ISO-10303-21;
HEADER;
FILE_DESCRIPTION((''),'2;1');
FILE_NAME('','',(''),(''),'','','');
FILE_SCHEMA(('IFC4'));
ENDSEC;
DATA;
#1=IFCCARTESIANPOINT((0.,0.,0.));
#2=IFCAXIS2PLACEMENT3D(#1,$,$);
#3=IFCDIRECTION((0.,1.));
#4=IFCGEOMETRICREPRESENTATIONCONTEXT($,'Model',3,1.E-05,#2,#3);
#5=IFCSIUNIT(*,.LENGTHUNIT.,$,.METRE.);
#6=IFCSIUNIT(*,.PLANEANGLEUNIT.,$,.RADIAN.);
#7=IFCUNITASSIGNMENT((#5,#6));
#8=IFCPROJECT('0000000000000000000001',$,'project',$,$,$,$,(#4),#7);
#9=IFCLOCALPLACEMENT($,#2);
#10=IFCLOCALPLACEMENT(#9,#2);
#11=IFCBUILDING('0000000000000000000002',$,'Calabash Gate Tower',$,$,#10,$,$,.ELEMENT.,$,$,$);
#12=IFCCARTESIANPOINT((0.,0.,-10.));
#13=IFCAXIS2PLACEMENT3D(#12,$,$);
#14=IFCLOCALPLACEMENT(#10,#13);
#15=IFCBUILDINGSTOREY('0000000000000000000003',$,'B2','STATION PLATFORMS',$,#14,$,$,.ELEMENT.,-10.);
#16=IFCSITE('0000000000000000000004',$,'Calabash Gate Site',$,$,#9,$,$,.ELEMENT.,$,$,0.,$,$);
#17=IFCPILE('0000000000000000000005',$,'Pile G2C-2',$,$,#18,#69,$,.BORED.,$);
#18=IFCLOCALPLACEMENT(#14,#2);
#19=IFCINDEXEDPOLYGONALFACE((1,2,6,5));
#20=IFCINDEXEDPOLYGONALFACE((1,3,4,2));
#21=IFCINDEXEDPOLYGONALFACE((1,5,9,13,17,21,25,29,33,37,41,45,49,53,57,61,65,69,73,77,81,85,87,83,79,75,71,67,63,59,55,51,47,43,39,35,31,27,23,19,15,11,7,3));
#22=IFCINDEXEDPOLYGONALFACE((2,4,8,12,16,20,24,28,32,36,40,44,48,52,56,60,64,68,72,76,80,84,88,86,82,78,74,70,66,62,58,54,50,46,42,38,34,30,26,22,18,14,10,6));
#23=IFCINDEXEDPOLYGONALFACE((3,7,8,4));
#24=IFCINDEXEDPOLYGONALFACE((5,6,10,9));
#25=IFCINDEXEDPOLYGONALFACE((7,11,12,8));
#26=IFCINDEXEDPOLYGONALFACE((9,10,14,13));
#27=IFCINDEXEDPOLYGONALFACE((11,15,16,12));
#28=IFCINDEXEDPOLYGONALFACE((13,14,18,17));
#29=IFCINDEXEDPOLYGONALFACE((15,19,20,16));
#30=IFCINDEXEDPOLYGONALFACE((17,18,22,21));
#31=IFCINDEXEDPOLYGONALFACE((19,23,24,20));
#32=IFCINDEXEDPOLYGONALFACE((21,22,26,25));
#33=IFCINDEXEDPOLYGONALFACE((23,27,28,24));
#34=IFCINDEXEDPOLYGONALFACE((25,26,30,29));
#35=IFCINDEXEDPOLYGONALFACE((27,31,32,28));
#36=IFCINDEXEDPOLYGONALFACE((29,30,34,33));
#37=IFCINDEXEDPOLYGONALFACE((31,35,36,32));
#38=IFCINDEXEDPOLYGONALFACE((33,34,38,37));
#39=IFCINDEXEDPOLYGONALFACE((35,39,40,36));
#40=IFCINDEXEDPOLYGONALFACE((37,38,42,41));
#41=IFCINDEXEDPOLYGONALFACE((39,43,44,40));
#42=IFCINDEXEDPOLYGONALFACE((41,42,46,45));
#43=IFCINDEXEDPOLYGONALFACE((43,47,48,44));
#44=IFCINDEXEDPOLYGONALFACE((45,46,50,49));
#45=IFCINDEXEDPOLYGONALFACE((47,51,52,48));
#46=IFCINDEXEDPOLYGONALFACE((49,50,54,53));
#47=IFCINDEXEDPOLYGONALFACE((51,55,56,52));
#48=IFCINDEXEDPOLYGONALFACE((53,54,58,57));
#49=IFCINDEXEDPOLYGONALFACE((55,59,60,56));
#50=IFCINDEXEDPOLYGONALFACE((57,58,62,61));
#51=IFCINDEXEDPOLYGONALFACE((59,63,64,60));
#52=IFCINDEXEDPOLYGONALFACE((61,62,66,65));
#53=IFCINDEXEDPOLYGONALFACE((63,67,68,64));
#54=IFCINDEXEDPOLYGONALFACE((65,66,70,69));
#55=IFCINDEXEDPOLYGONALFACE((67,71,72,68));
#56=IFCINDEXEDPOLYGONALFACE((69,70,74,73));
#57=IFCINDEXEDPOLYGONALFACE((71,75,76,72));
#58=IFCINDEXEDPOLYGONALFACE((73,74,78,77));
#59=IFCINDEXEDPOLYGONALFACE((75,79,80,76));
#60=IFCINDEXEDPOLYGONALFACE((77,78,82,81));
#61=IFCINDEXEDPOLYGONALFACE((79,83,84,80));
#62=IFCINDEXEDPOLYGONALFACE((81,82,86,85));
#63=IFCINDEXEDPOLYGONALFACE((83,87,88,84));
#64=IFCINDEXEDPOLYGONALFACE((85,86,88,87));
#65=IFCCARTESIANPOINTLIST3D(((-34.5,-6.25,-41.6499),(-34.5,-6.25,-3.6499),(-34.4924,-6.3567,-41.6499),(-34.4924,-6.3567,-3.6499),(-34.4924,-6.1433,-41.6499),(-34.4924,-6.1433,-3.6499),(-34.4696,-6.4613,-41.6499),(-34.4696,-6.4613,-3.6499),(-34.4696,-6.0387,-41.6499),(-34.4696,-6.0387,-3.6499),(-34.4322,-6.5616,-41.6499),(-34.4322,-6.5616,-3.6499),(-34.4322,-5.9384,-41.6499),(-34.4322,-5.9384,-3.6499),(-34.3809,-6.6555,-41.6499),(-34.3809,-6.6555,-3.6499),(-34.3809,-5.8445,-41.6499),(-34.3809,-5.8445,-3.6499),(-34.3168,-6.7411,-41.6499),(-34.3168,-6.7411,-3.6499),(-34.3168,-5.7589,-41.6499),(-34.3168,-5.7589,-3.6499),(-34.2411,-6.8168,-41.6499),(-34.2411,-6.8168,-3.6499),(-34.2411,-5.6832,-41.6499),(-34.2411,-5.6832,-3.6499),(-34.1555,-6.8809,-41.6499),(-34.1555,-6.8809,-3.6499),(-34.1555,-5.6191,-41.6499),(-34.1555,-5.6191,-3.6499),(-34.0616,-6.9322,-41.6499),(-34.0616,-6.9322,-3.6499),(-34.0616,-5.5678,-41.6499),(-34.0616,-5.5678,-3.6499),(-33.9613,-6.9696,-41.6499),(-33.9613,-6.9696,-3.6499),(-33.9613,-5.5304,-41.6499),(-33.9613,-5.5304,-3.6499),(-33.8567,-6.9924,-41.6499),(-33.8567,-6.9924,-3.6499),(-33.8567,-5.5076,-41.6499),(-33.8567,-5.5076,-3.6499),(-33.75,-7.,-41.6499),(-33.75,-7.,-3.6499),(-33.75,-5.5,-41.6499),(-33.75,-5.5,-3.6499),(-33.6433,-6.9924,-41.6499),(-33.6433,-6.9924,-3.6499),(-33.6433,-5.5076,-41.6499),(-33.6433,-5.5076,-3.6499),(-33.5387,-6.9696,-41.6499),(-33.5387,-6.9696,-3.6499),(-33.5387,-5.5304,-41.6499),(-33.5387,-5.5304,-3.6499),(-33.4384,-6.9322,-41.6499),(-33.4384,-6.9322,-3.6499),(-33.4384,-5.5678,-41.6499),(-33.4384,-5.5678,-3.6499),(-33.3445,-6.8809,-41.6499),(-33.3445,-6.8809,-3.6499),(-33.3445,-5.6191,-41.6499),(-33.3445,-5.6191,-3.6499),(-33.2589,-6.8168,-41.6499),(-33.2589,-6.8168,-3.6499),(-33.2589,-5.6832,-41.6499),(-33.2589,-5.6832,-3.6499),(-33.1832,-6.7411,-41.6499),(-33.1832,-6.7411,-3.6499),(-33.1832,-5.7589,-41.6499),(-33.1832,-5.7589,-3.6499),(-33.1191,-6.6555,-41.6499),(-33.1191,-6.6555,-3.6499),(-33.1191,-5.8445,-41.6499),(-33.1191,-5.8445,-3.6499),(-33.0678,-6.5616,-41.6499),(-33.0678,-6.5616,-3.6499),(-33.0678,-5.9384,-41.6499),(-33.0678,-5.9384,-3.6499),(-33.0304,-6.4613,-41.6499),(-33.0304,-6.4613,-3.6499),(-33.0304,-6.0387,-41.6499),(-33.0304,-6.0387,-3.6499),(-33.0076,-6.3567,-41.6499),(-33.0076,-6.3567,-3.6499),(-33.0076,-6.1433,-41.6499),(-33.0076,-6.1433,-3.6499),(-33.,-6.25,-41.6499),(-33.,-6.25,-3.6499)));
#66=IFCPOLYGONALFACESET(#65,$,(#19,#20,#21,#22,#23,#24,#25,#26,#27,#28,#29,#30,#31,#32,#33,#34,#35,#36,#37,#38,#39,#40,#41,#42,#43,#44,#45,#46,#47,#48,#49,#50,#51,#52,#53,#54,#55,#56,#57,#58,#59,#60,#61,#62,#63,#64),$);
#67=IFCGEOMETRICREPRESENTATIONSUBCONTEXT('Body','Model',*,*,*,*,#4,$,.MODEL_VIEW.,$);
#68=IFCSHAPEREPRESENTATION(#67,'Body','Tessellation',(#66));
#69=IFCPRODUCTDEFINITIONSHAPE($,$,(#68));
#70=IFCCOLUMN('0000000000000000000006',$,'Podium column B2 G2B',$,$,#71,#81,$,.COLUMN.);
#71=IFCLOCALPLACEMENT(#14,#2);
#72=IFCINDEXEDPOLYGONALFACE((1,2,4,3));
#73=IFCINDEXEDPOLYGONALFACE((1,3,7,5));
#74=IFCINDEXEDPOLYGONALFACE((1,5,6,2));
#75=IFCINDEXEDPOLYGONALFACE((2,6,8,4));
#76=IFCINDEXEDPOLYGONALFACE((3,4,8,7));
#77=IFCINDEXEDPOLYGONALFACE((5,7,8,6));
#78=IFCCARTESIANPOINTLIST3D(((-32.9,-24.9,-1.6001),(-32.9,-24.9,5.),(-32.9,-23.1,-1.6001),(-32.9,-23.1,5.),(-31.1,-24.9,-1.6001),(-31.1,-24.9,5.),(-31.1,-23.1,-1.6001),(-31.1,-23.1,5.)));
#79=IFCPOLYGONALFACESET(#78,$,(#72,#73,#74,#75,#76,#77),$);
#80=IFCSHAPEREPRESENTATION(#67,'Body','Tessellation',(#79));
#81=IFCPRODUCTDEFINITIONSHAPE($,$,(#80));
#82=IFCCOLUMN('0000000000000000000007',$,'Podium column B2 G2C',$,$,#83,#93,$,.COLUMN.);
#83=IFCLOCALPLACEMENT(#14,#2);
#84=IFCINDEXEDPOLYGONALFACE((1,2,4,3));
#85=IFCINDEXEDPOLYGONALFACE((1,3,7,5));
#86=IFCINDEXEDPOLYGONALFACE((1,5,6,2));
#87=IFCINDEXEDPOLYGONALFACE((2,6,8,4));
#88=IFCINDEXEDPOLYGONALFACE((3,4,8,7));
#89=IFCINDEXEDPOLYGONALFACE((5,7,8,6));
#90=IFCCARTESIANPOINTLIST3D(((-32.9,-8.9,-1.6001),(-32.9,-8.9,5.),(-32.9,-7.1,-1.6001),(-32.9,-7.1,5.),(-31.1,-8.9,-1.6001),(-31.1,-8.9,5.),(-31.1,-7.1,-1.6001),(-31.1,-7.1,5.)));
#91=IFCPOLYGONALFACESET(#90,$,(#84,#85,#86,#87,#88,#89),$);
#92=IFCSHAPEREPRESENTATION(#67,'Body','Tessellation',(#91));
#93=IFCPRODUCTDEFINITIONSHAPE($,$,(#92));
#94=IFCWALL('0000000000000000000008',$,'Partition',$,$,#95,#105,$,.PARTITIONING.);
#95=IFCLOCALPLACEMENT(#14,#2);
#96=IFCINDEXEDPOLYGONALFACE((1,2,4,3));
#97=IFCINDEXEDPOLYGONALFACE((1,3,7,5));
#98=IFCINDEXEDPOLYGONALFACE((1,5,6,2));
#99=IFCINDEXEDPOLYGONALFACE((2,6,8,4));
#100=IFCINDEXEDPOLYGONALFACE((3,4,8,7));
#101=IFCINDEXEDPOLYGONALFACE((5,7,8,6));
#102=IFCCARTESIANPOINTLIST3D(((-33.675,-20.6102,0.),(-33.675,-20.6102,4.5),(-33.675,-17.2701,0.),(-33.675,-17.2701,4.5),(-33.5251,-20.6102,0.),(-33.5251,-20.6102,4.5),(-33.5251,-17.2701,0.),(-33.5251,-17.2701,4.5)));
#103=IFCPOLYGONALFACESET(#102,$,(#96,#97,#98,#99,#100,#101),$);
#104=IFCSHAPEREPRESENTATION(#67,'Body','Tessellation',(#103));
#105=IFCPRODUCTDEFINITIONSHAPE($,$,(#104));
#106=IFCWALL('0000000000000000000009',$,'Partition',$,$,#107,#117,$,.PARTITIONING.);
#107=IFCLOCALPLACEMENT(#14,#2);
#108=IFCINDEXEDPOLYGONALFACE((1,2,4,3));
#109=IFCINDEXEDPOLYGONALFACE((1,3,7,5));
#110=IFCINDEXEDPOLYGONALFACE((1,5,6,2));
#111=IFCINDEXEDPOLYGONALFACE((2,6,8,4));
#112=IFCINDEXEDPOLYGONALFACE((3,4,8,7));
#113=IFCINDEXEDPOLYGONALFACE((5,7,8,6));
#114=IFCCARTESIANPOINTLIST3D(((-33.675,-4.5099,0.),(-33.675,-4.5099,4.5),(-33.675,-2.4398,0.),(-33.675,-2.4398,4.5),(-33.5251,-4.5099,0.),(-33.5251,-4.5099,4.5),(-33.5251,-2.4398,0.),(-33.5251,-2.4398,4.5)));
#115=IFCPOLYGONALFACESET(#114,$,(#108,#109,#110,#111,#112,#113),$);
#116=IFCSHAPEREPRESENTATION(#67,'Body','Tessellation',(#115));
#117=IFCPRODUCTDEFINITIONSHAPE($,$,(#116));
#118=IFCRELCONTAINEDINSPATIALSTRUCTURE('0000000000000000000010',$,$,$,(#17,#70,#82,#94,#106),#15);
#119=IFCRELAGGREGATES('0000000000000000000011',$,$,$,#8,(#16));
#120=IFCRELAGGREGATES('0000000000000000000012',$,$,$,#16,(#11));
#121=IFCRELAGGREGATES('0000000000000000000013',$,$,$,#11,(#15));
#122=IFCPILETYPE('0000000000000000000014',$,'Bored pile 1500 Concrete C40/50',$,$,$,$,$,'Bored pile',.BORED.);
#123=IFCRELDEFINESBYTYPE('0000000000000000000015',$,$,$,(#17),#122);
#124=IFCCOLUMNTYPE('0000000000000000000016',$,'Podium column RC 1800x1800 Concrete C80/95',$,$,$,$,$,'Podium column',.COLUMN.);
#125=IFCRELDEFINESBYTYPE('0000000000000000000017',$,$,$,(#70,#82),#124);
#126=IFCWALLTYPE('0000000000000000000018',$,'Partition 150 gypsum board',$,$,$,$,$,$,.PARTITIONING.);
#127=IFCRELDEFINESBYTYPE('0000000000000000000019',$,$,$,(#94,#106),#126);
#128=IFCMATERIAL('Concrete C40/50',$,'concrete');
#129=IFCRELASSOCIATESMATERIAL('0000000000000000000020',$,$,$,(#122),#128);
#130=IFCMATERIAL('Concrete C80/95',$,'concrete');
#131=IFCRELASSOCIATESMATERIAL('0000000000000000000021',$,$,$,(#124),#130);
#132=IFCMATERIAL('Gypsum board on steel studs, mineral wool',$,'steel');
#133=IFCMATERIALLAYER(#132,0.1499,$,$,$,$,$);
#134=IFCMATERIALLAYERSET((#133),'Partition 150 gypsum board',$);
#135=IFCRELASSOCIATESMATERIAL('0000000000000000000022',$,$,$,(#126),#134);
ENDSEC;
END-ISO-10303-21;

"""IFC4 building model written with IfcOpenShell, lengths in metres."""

from ifc_helpers import new_model, si_unit, direction, frame, frame_2d, origin, origin_2d, place, context, subcontext, project, spatial, rectangle, circle, extrude, material, layer, layer_set, material_profile, profile_set, type_object, element, save


model = new_model("IFC4")

# Units and contexts
model_context = context("Model", 3, precision=1e-05, world=origin(), true_north=direction((0.0, 1.0)))
body_context = subcontext(model_context, "Body", "Model", "MODEL_VIEW")
ifc_project = project(units=[si_unit("LENGTHUNIT", "METRE"), si_unit("PLANEANGLEUNIT", "RADIAN")], contexts=[model_context])

# Site, building, storey
site_placement = place(None, origin())
site = spatial("IfcSite", under=ifc_project, at=site_placement, Name="Calabash Gate Site", CompositionType="ELEMENT", RefElevation=0.0)
building_placement = place(site_placement, origin())
building = spatial("IfcBuilding", under=site, at=building_placement, Name="Calabash Gate Tower", CompositionType="ELEMENT")
storey_placement = place(building_placement, frame((0.0, 0.0, -10.0)))
storey = spatial("IfcBuildingStorey", under=building, at=storey_placement, Name="B2", Description="STATION PLATFORMS", CompositionType="ELEMENT", Elevation=-10.0)

# Pile
ifc_material_1 = material(Name="Concrete C40/50", Category="concrete")
ifc_material_profile_1 = material_profile(ifc_material_1, circle(Radius=0.75, at=origin_2d()))
ifc_profile_set_1 = profile_set([ifc_material_profile_1], Name="Concrete C40/50")
pile_type = type_object("IfcPileType", Name="Bored pile 1500 Concrete C40/50", ElementType="Bored pile", PredefinedType="BORED", material=ifc_profile_set_1)
for number, where, z_axis, x_axis, name in (
    (1, (-33.75, -6.25, -3.6499), (0.0, 0.0, -1.0), (1.0, 0.0, 0.0), "Pile G2C-2"),
):
    element("IfcPile", number, at=place(storey_placement, frame(where, z_axis=z_axis, x_axis=x_axis)), inside=storey, type_object=pile_type, Name=name, PredefinedType="BORED", context=body_context, shape_type="SweptSolid", body=[
        extrude(circle(Radius=0.75, at=origin_2d()), origin(), (0.0, 0.0, 1.0), 38.0),
    ])

# Columns
ifc_material_2 = material(Name="Concrete C80/95", Category="concrete")
ifc_material_profile_2 = material_profile(ifc_material_2, rectangle(XDim=1.8, YDim=1.8, at=origin_2d()))
ifc_profile_set_2 = profile_set([ifc_material_profile_2], Name="Concrete C80/95")
column_type = type_object("IfcColumnType", Name="Podium column RC 1800x1800 Concrete C80/95", ElementType="Podium column", PredefinedType="COLUMN", material=ifc_profile_set_2)
for number, where, z_axis, x_axis, name in (
    (2, (-32.0, -24.0, -1.6001), (0.0, 0.0, 1.0), (1.0, 0.0, 0.0), "Podium column B2 G2B"),
    (3, (-32.0, -8.0, -1.6001), (0.0, 0.0, 1.0), (1.0, 0.0, 0.0), "Podium column B2 G2C"),
):
    element("IfcColumn", number, at=place(storey_placement, frame(where, z_axis=z_axis, x_axis=x_axis)), inside=storey, type_object=column_type, Name=name, PredefinedType="COLUMN", context=body_context, shape_type="SweptSolid", body=[
        extrude(rectangle(XDim=1.8, YDim=1.8, at=origin_2d()), origin(), (0.0, 0.0, 1.0), 6.6001),
    ])

# Walls
ifc_material_3 = material(Name="Gypsum board on steel studs, mineral wool", Category="steel")
ifc_layer_1 = layer(ifc_material_3, 0.1499)
ifc_layer_set_1 = layer_set([ifc_layer_1], Name="Partition 150 gypsum board")
wall_type_1 = type_object("IfcWallType", Name="Partition 150 gypsum board", PredefinedType="PARTITIONING", material=ifc_layer_set_1)
wall_1_placement = place(storey_placement, frame((-33.6001, -20.6101, 0.0), z_axis=(0.0, 0.0, 1.0), x_axis=(0.0, 1.0, 0.0)))
element("IfcWall", 4, at=wall_1_placement, inside=storey, type_object=wall_type_1, Name="Partition", PredefinedType="PARTITIONING", context=body_context, shape_type="SweptSolid", body=[
    extrude(rectangle(XDim=3.3401, YDim=0.1499, at=frame_2d((1.6699, 0.0))), origin(), (0.0, 0.0, 1.0), 4.5),
])
wall_2_placement = place(storey_placement, frame((-33.6001, -4.51, 0.0), z_axis=(0.0, 0.0, 1.0), x_axis=(0.0, 1.0, 0.0)))
element("IfcWall", 5, at=wall_2_placement, inside=storey, type_object=wall_type_1, Name="Partition", PredefinedType="PARTITIONING", context=body_context, shape_type="SweptSolid", body=[
    extrude(rectangle(XDim=2.0701, YDim=0.1499, at=frame_2d((1.0352, 0.0))), origin(), (0.0, 0.0, 1.0), 4.5),
])

save(model, "model.ifc")
